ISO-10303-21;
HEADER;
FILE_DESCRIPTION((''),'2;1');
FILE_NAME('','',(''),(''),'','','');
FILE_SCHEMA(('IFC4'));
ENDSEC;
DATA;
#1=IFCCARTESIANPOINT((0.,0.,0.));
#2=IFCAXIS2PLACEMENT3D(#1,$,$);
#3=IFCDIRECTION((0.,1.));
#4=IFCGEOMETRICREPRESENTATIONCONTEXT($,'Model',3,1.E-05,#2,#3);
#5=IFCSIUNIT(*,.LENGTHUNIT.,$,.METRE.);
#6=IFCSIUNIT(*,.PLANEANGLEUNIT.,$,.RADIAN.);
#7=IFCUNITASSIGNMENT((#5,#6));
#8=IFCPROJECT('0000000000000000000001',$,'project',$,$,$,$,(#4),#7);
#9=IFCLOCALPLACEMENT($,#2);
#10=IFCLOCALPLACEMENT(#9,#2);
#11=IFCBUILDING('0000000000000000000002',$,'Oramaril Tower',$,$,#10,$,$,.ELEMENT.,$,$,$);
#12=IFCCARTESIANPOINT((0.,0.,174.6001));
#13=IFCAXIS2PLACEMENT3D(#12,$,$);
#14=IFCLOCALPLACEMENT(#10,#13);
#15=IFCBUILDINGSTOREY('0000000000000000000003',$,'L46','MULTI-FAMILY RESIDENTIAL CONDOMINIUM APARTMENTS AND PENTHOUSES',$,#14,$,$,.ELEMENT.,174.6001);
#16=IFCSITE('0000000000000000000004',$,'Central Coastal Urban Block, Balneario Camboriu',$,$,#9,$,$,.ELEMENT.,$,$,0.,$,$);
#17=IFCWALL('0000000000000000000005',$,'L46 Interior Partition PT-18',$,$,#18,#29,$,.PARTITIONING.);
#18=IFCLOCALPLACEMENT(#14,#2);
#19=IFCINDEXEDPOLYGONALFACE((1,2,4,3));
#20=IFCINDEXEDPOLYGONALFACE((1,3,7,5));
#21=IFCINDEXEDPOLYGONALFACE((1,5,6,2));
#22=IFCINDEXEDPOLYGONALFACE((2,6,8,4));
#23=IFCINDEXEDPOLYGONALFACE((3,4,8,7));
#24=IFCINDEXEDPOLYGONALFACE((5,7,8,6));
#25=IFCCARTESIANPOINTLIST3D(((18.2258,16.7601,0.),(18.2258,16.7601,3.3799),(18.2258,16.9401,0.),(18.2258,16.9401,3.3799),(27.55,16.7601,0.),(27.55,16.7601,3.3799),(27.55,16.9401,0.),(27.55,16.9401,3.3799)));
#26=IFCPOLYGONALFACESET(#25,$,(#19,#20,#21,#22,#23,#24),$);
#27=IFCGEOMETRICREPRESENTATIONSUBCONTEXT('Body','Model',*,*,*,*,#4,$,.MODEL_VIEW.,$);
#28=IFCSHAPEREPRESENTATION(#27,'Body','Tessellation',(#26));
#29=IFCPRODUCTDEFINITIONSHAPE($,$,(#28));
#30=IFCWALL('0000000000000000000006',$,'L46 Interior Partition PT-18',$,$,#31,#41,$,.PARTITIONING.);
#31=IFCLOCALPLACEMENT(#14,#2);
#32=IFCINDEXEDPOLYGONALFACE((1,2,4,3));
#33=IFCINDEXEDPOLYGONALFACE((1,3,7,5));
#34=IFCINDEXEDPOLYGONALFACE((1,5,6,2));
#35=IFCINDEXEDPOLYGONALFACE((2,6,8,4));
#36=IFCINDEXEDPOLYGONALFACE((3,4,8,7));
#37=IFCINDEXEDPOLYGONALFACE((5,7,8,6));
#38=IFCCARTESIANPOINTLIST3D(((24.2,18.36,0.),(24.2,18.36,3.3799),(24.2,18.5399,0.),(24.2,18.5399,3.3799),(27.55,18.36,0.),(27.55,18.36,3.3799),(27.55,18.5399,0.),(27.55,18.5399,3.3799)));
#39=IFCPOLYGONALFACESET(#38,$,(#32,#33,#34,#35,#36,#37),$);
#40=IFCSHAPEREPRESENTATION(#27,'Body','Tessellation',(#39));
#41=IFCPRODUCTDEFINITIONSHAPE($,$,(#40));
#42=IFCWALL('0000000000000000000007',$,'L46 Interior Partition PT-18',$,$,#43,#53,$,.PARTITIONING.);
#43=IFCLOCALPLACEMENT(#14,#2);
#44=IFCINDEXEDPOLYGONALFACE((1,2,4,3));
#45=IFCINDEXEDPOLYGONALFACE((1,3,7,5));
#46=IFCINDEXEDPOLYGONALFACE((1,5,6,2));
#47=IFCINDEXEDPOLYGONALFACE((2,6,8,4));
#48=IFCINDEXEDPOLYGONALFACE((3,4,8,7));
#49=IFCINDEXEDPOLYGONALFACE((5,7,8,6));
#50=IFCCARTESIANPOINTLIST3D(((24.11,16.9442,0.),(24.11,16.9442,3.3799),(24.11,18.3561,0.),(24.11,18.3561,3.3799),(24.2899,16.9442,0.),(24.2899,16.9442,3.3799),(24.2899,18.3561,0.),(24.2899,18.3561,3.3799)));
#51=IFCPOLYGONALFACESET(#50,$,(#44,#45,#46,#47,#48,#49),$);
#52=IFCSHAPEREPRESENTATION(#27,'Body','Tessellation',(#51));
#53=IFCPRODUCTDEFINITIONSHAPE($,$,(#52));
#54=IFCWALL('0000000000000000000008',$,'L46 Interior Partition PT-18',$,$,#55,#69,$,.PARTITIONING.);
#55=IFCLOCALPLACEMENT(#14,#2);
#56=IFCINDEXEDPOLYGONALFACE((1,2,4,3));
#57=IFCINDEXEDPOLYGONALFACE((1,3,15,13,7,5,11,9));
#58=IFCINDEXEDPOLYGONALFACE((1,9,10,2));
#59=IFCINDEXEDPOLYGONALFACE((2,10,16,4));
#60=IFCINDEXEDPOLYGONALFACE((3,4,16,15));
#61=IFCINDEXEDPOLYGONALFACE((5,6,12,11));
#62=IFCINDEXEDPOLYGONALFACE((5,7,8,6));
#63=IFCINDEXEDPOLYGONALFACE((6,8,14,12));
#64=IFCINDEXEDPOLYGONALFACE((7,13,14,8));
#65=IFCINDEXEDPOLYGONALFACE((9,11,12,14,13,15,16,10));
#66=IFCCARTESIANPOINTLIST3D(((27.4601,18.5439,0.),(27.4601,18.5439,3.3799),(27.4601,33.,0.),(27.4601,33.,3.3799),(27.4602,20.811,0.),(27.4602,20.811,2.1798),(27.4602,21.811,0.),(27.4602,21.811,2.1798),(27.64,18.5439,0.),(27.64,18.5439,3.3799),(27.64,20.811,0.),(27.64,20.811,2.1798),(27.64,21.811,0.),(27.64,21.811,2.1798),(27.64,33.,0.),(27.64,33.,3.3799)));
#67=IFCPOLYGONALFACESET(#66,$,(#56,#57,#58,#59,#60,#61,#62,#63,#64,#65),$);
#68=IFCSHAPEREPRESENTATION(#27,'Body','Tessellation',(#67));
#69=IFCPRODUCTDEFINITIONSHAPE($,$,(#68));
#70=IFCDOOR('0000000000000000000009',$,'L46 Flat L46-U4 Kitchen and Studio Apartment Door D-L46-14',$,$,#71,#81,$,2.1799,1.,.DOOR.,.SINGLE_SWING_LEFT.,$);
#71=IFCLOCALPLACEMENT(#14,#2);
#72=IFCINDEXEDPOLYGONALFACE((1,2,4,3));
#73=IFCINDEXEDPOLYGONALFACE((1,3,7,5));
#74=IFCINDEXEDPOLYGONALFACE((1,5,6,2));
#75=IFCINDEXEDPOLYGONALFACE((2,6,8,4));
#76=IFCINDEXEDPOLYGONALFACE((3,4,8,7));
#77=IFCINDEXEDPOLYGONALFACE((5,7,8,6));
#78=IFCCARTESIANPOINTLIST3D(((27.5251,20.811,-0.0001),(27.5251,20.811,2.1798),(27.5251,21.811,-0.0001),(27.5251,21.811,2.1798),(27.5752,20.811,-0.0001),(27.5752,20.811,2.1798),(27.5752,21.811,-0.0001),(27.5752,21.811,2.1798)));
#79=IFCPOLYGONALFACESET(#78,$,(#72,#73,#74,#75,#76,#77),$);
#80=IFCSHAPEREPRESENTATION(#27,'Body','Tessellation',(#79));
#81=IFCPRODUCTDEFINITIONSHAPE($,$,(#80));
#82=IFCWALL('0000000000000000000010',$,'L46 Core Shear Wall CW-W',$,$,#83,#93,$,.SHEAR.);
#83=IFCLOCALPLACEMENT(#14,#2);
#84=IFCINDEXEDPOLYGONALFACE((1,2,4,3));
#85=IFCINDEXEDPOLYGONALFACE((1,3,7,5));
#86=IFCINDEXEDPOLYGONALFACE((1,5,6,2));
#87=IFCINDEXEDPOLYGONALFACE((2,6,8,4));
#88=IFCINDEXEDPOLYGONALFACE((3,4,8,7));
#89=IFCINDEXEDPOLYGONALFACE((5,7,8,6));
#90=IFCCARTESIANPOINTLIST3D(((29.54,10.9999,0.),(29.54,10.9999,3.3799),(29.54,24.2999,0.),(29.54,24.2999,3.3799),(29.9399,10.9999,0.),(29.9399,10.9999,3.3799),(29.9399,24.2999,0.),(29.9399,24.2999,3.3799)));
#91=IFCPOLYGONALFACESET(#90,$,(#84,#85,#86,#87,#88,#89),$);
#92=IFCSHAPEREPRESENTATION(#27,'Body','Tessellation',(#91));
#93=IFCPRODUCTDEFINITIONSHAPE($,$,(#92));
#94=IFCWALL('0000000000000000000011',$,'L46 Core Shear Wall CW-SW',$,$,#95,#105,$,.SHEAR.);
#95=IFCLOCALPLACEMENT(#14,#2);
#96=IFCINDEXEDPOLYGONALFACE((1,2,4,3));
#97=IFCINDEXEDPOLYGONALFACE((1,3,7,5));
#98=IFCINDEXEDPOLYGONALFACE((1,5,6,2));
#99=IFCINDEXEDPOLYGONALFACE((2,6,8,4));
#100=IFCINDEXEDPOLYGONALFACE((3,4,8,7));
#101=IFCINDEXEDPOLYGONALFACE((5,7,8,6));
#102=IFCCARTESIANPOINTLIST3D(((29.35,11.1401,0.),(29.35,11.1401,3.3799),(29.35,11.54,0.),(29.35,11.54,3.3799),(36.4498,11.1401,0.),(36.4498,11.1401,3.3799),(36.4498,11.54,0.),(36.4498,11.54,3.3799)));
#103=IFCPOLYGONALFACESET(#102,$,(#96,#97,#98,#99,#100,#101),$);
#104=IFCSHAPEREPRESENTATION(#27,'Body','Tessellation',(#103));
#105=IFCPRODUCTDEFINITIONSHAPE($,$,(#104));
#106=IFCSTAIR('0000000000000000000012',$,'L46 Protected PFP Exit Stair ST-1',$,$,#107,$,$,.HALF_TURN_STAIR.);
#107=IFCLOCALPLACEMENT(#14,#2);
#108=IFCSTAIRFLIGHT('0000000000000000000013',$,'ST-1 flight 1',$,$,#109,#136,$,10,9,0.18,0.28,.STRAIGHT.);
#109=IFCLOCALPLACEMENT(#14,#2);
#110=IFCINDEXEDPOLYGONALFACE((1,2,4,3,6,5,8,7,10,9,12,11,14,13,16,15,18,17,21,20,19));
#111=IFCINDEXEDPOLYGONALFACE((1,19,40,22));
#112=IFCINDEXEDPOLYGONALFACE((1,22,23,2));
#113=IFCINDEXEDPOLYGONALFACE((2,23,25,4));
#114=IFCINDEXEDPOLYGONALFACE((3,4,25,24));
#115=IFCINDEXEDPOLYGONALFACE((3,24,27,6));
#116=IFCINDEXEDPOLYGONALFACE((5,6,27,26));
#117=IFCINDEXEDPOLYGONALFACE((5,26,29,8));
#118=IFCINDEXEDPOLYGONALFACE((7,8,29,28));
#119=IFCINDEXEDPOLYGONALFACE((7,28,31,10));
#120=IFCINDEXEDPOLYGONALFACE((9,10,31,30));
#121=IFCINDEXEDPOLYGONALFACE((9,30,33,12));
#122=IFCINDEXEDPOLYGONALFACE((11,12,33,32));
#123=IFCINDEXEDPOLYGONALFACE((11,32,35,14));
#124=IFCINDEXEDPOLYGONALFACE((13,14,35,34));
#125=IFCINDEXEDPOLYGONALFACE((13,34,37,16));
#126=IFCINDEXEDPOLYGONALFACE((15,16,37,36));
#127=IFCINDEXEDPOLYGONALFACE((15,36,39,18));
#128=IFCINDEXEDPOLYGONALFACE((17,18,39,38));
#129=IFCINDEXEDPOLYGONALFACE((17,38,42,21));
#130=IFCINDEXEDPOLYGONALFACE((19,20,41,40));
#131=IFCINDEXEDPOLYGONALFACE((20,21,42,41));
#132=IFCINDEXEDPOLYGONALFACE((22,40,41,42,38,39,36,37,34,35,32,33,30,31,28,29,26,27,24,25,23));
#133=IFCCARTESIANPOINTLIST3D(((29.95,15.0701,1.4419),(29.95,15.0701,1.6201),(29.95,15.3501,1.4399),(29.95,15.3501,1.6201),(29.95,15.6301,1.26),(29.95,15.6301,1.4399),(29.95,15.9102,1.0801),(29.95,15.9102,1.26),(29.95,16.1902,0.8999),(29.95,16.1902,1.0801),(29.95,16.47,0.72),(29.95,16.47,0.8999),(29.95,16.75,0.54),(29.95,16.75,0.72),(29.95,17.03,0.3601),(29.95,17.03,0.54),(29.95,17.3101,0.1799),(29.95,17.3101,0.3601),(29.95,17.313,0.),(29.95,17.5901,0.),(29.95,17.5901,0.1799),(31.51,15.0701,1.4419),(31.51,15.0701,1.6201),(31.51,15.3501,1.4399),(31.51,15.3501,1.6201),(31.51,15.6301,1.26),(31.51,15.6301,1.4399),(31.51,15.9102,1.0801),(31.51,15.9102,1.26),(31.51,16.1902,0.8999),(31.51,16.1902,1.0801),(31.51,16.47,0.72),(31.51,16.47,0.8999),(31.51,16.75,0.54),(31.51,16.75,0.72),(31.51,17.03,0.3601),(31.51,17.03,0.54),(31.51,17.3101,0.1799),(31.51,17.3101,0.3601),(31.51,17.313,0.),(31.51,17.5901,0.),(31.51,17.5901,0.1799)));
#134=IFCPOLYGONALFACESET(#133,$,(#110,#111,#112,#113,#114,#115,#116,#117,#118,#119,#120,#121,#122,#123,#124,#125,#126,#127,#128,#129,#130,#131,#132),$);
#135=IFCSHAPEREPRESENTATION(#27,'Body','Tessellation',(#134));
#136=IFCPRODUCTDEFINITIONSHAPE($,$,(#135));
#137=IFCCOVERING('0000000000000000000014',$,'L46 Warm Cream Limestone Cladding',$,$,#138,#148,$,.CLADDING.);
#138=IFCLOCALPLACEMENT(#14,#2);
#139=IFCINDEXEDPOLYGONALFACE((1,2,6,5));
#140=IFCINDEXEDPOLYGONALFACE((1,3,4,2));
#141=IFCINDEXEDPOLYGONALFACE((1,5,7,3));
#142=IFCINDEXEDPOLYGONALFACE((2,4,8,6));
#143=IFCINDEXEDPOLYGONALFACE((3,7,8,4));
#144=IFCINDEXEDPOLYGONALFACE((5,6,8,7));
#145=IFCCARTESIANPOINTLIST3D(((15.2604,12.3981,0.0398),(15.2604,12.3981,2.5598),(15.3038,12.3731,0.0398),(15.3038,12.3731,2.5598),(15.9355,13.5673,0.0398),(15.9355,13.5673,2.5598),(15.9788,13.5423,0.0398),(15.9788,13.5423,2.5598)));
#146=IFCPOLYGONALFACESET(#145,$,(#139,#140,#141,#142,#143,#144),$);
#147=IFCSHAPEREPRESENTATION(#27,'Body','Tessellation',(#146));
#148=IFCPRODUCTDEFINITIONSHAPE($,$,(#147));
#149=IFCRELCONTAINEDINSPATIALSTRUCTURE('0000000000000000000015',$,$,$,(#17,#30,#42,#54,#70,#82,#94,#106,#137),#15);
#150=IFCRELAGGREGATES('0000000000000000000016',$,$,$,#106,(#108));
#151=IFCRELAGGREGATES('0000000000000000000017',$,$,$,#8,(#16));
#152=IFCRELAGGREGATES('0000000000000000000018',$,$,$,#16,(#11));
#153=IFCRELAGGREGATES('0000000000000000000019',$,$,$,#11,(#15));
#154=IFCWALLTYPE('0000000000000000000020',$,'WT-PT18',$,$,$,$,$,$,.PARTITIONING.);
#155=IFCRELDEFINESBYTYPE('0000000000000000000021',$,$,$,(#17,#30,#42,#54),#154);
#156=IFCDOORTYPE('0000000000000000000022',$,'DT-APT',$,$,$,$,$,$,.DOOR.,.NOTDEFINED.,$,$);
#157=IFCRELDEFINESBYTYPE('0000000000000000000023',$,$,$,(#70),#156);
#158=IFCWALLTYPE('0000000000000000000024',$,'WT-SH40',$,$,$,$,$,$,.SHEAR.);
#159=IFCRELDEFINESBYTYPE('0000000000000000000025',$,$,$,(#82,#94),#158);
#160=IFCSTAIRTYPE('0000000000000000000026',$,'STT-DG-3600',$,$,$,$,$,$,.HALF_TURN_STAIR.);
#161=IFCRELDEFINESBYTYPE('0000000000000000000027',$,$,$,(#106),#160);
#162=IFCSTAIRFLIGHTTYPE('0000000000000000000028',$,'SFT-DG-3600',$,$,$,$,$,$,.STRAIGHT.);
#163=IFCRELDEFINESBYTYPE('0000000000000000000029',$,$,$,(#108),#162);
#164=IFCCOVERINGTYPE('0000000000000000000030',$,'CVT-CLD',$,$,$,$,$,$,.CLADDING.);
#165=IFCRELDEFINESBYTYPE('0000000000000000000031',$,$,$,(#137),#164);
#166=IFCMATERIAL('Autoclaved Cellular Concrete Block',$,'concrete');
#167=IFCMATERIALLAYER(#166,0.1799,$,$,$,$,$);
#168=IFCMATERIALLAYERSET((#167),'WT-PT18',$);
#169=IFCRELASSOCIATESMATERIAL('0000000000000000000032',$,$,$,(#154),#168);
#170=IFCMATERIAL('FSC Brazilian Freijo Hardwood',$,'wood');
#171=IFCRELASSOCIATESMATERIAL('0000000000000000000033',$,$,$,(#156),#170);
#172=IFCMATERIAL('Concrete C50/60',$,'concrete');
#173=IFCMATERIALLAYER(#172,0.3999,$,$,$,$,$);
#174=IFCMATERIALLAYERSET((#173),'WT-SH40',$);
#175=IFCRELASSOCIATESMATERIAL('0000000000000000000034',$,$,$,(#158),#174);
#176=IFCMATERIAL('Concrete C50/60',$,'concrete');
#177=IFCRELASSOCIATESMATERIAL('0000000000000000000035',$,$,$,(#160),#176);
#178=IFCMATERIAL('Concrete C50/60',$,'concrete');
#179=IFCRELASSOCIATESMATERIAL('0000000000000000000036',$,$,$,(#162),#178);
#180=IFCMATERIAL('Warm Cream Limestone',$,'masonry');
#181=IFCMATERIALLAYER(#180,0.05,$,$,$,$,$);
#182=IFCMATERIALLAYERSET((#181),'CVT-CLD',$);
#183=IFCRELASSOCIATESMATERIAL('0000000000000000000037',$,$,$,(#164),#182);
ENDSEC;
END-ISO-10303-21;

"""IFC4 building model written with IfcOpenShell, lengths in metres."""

from ifc_helpers import new_model, si_unit, direction, frame, frame_2d, origin, origin_2d, place, context, subcontext, project, spatial, polyline, rectangle, outline, extrude, material, layer, layer_set, type_object, element, fill, aggregate, save


model = new_model("IFC4")

# Units and contexts
model_context = context("Model", 3, precision=1e-05, world=origin(), true_north=direction((0.0, 1.0)))
body_context = subcontext(model_context, "Body", "Model", "MODEL_VIEW")
ifc_project = project(units=[si_unit("LENGTHUNIT", "METRE"), si_unit("PLANEANGLEUNIT", "RADIAN")], contexts=[model_context])

# Site, building, storey
site_placement = place(None, origin())
site = spatial("IfcSite", under=ifc_project, at=site_placement, Name="Central Coastal Urban Block, Balneario Camboriu", CompositionType="ELEMENT", RefElevation=0.0)
building_placement = place(site_placement, origin())
building = spatial("IfcBuilding", under=site, at=building_placement, Name="Oramaril Tower", CompositionType="ELEMENT")
storey_placement = place(building_placement, frame((0.0, 0.0, 174.6001)))
storey = spatial("IfcBuildingStorey", under=building, at=storey_placement, Name="L46", Description="MULTI-FAMILY RESIDENTIAL CONDOMINIUM APARTMENTS AND PENTHOUSES", CompositionType="ELEMENT", Elevation=174.6001)

# Walls
ifc_material_1 = material(Name="Autoclaved Cellular Concrete Block", Category="concrete")
ifc_layer_1 = layer(ifc_material_1, 0.1799)
ifc_layer_set_1 = layer_set([ifc_layer_1], Name="WT-PT18")
wall_type_1 = type_object("IfcWallType", Name="WT-PT18", PredefinedType="PARTITIONING", material=ifc_layer_set_1)
wall_1_placement = place(storey_placement, frame((18.2258, 16.8501, 0.0), z_axis=(0.0, 0.0, 1.0), x_axis=(1.0, 0.0, 0.0)))
element("IfcWall", 1, at=wall_1_placement, inside=storey, type_object=wall_type_1, Name="L46 Interior Partition PT-18", PredefinedType="PARTITIONING", context=body_context, shape_type="SweptSolid", body=[
    extrude(rectangle(XDim=9.3242, YDim=0.1799, at=frame_2d((4.6621, 0.0))), origin(), (0.0, 0.0, 1.0), 3.3799),
])
wall_2_placement = place(storey_placement, frame((24.2, 18.45, 0.0), z_axis=(0.0, 0.0, 1.0), x_axis=(1.0, 0.0, 0.0)))
element("IfcWall", 2, at=wall_2_placement, inside=storey, type_object=wall_type_1, Name="L46 Interior Partition PT-18", PredefinedType="PARTITIONING", context=body_context, shape_type="SweptSolid", body=[
    extrude(rectangle(XDim=3.3501, YDim=0.1799, at=frame_2d((1.675, 0.0))), origin(), (0.0, 0.0, 1.0), 3.3799),
])
wall_3_placement = place(storey_placement, frame((24.2, 16.9441, 0.0), z_axis=(0.0, 0.0, 1.0), x_axis=(0.0, 1.0, 0.0)))
element("IfcWall", 3, at=wall_3_placement, inside=storey, type_object=wall_type_1, Name="L46 Interior Partition PT-18", PredefinedType="PARTITIONING", context=body_context, shape_type="SweptSolid", body=[
    extrude(rectangle(XDim=1.4119, YDim=0.1799, at=frame_2d((0.7061, 0.0))), origin(), (0.0, 0.0, 1.0), 3.3799),
])

# Wall, opening, door
wall_4_placement = place(storey_placement, frame((27.55, 18.5439, 0.0), z_axis=(0.0, 0.0, 1.0), x_axis=(0.0, 1.0, 0.0)))
wall_4 = element("IfcWall", 4, at=wall_4_placement, inside=storey, type_object=wall_type_1, Name="L46 Interior Partition PT-18", PredefinedType="PARTITIONING", context=body_context, shape_type="SweptSolid", body=[
    extrude(rectangle(XDim=14.4561, YDim=0.1799, at=frame_2d((7.228, 0.0))), origin(), (0.0, 0.0, 1.0), 3.3799),
])
opening_1_placement = place(wall_4_placement, frame((2.2671, 0.0, 0.0)))
opening_1 = element("IfcOpeningElement", 5, at=opening_1_placement, cuts=wall_4, PredefinedType="OPENING", context=body_context, shape_type="SweptSolid", body=[
    extrude(rectangle(XDim=1.0, YDim=2.1799, at=frame_2d((0.5, 1.0898))), frame((0.0, 0.0898, 0.0), z_axis=(0.0, -1.0, 0.0), x_axis=(1.0, 0.0, 0.0)), (0.0, 0.0, 1.0), 0.1799),
])
ifc_material_2 = material(Name="FSC Brazilian Freijo Hardwood", Category="wood")
door_type_1 = type_object("IfcDoorType", Name="DT-APT", OperationType="NOTDEFINED", PredefinedType="DOOR", material=ifc_material_2)
door_1_placement = place(opening_1_placement, origin())
door_1 = element("IfcDoor", 6, at=door_1_placement, inside=storey, type_object=door_type_1, Name="L46 Flat L46-U4 Kitchen and Studio Apartment Door D-L46-14", OperationType="SINGLE_SWING_LEFT", OverallHeight=2.1799, OverallWidth=1.0, PredefinedType="DOOR", context=body_context, shape_type="SweptSolid", body=[
    extrude(rectangle(XDim=1.0, YDim=2.1799, at=frame_2d((0.5, 1.0898))), frame((0.0, 0.0249, 0.0), z_axis=(0.0, -1.0, 0.0), x_axis=(1.0, 0.0, 0.0)), (0.0, 0.0, 1.0), 0.05),
])
fill(opening_1, door_1)

# Walls
ifc_material_3 = material(Name="Concrete C50/60", Category="concrete")
ifc_layer_2 = layer(ifc_material_3, 0.3999)
ifc_layer_set_2 = layer_set([ifc_layer_2], Name="WT-SH40")
wall_type_2 = type_object("IfcWallType", Name="WT-SH40", PredefinedType="SHEAR", material=ifc_layer_set_2)
wall_5_placement = place(storey_placement, frame((29.74, 11.0, 0.0), z_axis=(0.0, 0.0, 1.0), x_axis=(0.0, 1.0, 0.0)))
element("IfcWall", 7, at=wall_5_placement, inside=storey, type_object=wall_type_2, Name="L46 Core Shear Wall CW-W", PredefinedType="SHEAR", context=body_context, shape_type="SweptSolid", body=[
    extrude(rectangle(XDim=13.3, YDim=0.3999, at=frame_2d((6.6499, 0.0))), origin(), (0.0, 0.0, 1.0), 3.3799),
])
wall_6_placement = place(storey_placement, frame((29.3501, 11.3401, 0.0), z_axis=(0.0, 0.0, 1.0), x_axis=(1.0, 0.0, 0.0)))
element("IfcWall", 8, at=wall_6_placement, inside=storey, type_object=wall_type_2, Name="L46 Core Shear Wall CW-SW", PredefinedType="SHEAR", context=body_context, shape_type="SweptSolid", body=[
    extrude(rectangle(XDim=7.0999, YDim=0.3999, at=frame_2d((3.5498, 0.0))), origin(), (0.0, 0.0, 1.0), 3.3799),
])

# Stair, stair flight
ifc_material_4 = material(Name="Concrete C50/60", Category="concrete")
stair_type = type_object("IfcStairType", Name="STT-DG-3600", PredefinedType="HALF_TURN_STAIR", material=ifc_material_4)
stair_placement = place(storey_placement, origin())
stair = element("IfcStair", 9, at=stair_placement, inside=storey, type_object=stair_type, Name="L46 Protected PFP Exit Stair ST-1", PredefinedType="HALF_TURN_STAIR")
ifc_material_5 = material(Name="Concrete C50/60", Category="concrete")
stair_flight_type = type_object("IfcStairFlightType", Name="SFT-DG-3600", PredefinedType="STRAIGHT", material=ifc_material_5)
stair_flight_placement = place(storey_placement, frame((30.73, 17.5901, 0.0), z_axis=(0.0, 0.0, 1.0), x_axis=(0.0, -1.0, 0.0)))
stair_flight = element("IfcStairFlight", 10, at=stair_flight_placement, type_object=stair_flight_type, Name="ST-1 flight 1", NumberOfRisers=10, NumberOfTreads=9, PredefinedType="STRAIGHT", RiserHeight=0.18, TreadLength=0.28, context=body_context, shape_type="SweptSolid", body=[
    extrude(outline(polyline([(0.0, 0.0), (0.0, 0.1799), (0.28, 0.1799), (0.28, 0.3601), (0.5601, 0.3601), (0.5601, 0.54), (0.8401, 0.54), (0.8401, 0.72), (1.1201, 0.72), (1.1201, 0.8999), (1.3999, 0.8999), (1.3999, 1.0801), (1.6799, 1.0801), (1.6799, 1.26), (1.96, 1.26), (1.96, 1.4399), (2.24, 1.4399), (2.24, 1.6201), (2.52, 1.6201), (2.52, 1.8), (2.52, 1.4419), (0.2771, 0.0), (0.0, 0.0)])), frame((0.0, 0.78, 0.0), z_axis=(0.0, -1.0, 0.0), x_axis=(1.0, 0.0, 0.0)), (0.0, 0.0, 1.0), 1.5601),
])
aggregate(stair, [stair_flight])

# Covering
ifc_material_6 = material(Name="Warm Cream Limestone", Category="masonry")
ifc_layer_3 = layer(ifc_material_6, 0.05)
ifc_layer_set_3 = layer_set([ifc_layer_3], Name="CVT-CLD")
covering_type = type_object("IfcCoveringType", Name="CVT-CLD", PredefinedType="CLADDING", material=ifc_layer_set_3)
covering_placement = place(storey_placement, frame((15.6196, 12.9702, 0.0398), z_axis=(0.0, 0.0, 1.0), x_axis=(-0.5, -0.866025, 0.0)))
element("IfcCovering", 11, at=covering_placement, inside=storey, type_object=covering_type, Name="L46 Warm Cream Limestone Cladding", PredefinedType="CLADDING", context=body_context, shape_type="SweptSolid", body=[
    extrude(rectangle(XDim=1.3501, YDim=0.05, at=origin_2d()), origin(), (0.0, 0.0, 1.0), 2.52),
])

save(model, "model.ifc")
